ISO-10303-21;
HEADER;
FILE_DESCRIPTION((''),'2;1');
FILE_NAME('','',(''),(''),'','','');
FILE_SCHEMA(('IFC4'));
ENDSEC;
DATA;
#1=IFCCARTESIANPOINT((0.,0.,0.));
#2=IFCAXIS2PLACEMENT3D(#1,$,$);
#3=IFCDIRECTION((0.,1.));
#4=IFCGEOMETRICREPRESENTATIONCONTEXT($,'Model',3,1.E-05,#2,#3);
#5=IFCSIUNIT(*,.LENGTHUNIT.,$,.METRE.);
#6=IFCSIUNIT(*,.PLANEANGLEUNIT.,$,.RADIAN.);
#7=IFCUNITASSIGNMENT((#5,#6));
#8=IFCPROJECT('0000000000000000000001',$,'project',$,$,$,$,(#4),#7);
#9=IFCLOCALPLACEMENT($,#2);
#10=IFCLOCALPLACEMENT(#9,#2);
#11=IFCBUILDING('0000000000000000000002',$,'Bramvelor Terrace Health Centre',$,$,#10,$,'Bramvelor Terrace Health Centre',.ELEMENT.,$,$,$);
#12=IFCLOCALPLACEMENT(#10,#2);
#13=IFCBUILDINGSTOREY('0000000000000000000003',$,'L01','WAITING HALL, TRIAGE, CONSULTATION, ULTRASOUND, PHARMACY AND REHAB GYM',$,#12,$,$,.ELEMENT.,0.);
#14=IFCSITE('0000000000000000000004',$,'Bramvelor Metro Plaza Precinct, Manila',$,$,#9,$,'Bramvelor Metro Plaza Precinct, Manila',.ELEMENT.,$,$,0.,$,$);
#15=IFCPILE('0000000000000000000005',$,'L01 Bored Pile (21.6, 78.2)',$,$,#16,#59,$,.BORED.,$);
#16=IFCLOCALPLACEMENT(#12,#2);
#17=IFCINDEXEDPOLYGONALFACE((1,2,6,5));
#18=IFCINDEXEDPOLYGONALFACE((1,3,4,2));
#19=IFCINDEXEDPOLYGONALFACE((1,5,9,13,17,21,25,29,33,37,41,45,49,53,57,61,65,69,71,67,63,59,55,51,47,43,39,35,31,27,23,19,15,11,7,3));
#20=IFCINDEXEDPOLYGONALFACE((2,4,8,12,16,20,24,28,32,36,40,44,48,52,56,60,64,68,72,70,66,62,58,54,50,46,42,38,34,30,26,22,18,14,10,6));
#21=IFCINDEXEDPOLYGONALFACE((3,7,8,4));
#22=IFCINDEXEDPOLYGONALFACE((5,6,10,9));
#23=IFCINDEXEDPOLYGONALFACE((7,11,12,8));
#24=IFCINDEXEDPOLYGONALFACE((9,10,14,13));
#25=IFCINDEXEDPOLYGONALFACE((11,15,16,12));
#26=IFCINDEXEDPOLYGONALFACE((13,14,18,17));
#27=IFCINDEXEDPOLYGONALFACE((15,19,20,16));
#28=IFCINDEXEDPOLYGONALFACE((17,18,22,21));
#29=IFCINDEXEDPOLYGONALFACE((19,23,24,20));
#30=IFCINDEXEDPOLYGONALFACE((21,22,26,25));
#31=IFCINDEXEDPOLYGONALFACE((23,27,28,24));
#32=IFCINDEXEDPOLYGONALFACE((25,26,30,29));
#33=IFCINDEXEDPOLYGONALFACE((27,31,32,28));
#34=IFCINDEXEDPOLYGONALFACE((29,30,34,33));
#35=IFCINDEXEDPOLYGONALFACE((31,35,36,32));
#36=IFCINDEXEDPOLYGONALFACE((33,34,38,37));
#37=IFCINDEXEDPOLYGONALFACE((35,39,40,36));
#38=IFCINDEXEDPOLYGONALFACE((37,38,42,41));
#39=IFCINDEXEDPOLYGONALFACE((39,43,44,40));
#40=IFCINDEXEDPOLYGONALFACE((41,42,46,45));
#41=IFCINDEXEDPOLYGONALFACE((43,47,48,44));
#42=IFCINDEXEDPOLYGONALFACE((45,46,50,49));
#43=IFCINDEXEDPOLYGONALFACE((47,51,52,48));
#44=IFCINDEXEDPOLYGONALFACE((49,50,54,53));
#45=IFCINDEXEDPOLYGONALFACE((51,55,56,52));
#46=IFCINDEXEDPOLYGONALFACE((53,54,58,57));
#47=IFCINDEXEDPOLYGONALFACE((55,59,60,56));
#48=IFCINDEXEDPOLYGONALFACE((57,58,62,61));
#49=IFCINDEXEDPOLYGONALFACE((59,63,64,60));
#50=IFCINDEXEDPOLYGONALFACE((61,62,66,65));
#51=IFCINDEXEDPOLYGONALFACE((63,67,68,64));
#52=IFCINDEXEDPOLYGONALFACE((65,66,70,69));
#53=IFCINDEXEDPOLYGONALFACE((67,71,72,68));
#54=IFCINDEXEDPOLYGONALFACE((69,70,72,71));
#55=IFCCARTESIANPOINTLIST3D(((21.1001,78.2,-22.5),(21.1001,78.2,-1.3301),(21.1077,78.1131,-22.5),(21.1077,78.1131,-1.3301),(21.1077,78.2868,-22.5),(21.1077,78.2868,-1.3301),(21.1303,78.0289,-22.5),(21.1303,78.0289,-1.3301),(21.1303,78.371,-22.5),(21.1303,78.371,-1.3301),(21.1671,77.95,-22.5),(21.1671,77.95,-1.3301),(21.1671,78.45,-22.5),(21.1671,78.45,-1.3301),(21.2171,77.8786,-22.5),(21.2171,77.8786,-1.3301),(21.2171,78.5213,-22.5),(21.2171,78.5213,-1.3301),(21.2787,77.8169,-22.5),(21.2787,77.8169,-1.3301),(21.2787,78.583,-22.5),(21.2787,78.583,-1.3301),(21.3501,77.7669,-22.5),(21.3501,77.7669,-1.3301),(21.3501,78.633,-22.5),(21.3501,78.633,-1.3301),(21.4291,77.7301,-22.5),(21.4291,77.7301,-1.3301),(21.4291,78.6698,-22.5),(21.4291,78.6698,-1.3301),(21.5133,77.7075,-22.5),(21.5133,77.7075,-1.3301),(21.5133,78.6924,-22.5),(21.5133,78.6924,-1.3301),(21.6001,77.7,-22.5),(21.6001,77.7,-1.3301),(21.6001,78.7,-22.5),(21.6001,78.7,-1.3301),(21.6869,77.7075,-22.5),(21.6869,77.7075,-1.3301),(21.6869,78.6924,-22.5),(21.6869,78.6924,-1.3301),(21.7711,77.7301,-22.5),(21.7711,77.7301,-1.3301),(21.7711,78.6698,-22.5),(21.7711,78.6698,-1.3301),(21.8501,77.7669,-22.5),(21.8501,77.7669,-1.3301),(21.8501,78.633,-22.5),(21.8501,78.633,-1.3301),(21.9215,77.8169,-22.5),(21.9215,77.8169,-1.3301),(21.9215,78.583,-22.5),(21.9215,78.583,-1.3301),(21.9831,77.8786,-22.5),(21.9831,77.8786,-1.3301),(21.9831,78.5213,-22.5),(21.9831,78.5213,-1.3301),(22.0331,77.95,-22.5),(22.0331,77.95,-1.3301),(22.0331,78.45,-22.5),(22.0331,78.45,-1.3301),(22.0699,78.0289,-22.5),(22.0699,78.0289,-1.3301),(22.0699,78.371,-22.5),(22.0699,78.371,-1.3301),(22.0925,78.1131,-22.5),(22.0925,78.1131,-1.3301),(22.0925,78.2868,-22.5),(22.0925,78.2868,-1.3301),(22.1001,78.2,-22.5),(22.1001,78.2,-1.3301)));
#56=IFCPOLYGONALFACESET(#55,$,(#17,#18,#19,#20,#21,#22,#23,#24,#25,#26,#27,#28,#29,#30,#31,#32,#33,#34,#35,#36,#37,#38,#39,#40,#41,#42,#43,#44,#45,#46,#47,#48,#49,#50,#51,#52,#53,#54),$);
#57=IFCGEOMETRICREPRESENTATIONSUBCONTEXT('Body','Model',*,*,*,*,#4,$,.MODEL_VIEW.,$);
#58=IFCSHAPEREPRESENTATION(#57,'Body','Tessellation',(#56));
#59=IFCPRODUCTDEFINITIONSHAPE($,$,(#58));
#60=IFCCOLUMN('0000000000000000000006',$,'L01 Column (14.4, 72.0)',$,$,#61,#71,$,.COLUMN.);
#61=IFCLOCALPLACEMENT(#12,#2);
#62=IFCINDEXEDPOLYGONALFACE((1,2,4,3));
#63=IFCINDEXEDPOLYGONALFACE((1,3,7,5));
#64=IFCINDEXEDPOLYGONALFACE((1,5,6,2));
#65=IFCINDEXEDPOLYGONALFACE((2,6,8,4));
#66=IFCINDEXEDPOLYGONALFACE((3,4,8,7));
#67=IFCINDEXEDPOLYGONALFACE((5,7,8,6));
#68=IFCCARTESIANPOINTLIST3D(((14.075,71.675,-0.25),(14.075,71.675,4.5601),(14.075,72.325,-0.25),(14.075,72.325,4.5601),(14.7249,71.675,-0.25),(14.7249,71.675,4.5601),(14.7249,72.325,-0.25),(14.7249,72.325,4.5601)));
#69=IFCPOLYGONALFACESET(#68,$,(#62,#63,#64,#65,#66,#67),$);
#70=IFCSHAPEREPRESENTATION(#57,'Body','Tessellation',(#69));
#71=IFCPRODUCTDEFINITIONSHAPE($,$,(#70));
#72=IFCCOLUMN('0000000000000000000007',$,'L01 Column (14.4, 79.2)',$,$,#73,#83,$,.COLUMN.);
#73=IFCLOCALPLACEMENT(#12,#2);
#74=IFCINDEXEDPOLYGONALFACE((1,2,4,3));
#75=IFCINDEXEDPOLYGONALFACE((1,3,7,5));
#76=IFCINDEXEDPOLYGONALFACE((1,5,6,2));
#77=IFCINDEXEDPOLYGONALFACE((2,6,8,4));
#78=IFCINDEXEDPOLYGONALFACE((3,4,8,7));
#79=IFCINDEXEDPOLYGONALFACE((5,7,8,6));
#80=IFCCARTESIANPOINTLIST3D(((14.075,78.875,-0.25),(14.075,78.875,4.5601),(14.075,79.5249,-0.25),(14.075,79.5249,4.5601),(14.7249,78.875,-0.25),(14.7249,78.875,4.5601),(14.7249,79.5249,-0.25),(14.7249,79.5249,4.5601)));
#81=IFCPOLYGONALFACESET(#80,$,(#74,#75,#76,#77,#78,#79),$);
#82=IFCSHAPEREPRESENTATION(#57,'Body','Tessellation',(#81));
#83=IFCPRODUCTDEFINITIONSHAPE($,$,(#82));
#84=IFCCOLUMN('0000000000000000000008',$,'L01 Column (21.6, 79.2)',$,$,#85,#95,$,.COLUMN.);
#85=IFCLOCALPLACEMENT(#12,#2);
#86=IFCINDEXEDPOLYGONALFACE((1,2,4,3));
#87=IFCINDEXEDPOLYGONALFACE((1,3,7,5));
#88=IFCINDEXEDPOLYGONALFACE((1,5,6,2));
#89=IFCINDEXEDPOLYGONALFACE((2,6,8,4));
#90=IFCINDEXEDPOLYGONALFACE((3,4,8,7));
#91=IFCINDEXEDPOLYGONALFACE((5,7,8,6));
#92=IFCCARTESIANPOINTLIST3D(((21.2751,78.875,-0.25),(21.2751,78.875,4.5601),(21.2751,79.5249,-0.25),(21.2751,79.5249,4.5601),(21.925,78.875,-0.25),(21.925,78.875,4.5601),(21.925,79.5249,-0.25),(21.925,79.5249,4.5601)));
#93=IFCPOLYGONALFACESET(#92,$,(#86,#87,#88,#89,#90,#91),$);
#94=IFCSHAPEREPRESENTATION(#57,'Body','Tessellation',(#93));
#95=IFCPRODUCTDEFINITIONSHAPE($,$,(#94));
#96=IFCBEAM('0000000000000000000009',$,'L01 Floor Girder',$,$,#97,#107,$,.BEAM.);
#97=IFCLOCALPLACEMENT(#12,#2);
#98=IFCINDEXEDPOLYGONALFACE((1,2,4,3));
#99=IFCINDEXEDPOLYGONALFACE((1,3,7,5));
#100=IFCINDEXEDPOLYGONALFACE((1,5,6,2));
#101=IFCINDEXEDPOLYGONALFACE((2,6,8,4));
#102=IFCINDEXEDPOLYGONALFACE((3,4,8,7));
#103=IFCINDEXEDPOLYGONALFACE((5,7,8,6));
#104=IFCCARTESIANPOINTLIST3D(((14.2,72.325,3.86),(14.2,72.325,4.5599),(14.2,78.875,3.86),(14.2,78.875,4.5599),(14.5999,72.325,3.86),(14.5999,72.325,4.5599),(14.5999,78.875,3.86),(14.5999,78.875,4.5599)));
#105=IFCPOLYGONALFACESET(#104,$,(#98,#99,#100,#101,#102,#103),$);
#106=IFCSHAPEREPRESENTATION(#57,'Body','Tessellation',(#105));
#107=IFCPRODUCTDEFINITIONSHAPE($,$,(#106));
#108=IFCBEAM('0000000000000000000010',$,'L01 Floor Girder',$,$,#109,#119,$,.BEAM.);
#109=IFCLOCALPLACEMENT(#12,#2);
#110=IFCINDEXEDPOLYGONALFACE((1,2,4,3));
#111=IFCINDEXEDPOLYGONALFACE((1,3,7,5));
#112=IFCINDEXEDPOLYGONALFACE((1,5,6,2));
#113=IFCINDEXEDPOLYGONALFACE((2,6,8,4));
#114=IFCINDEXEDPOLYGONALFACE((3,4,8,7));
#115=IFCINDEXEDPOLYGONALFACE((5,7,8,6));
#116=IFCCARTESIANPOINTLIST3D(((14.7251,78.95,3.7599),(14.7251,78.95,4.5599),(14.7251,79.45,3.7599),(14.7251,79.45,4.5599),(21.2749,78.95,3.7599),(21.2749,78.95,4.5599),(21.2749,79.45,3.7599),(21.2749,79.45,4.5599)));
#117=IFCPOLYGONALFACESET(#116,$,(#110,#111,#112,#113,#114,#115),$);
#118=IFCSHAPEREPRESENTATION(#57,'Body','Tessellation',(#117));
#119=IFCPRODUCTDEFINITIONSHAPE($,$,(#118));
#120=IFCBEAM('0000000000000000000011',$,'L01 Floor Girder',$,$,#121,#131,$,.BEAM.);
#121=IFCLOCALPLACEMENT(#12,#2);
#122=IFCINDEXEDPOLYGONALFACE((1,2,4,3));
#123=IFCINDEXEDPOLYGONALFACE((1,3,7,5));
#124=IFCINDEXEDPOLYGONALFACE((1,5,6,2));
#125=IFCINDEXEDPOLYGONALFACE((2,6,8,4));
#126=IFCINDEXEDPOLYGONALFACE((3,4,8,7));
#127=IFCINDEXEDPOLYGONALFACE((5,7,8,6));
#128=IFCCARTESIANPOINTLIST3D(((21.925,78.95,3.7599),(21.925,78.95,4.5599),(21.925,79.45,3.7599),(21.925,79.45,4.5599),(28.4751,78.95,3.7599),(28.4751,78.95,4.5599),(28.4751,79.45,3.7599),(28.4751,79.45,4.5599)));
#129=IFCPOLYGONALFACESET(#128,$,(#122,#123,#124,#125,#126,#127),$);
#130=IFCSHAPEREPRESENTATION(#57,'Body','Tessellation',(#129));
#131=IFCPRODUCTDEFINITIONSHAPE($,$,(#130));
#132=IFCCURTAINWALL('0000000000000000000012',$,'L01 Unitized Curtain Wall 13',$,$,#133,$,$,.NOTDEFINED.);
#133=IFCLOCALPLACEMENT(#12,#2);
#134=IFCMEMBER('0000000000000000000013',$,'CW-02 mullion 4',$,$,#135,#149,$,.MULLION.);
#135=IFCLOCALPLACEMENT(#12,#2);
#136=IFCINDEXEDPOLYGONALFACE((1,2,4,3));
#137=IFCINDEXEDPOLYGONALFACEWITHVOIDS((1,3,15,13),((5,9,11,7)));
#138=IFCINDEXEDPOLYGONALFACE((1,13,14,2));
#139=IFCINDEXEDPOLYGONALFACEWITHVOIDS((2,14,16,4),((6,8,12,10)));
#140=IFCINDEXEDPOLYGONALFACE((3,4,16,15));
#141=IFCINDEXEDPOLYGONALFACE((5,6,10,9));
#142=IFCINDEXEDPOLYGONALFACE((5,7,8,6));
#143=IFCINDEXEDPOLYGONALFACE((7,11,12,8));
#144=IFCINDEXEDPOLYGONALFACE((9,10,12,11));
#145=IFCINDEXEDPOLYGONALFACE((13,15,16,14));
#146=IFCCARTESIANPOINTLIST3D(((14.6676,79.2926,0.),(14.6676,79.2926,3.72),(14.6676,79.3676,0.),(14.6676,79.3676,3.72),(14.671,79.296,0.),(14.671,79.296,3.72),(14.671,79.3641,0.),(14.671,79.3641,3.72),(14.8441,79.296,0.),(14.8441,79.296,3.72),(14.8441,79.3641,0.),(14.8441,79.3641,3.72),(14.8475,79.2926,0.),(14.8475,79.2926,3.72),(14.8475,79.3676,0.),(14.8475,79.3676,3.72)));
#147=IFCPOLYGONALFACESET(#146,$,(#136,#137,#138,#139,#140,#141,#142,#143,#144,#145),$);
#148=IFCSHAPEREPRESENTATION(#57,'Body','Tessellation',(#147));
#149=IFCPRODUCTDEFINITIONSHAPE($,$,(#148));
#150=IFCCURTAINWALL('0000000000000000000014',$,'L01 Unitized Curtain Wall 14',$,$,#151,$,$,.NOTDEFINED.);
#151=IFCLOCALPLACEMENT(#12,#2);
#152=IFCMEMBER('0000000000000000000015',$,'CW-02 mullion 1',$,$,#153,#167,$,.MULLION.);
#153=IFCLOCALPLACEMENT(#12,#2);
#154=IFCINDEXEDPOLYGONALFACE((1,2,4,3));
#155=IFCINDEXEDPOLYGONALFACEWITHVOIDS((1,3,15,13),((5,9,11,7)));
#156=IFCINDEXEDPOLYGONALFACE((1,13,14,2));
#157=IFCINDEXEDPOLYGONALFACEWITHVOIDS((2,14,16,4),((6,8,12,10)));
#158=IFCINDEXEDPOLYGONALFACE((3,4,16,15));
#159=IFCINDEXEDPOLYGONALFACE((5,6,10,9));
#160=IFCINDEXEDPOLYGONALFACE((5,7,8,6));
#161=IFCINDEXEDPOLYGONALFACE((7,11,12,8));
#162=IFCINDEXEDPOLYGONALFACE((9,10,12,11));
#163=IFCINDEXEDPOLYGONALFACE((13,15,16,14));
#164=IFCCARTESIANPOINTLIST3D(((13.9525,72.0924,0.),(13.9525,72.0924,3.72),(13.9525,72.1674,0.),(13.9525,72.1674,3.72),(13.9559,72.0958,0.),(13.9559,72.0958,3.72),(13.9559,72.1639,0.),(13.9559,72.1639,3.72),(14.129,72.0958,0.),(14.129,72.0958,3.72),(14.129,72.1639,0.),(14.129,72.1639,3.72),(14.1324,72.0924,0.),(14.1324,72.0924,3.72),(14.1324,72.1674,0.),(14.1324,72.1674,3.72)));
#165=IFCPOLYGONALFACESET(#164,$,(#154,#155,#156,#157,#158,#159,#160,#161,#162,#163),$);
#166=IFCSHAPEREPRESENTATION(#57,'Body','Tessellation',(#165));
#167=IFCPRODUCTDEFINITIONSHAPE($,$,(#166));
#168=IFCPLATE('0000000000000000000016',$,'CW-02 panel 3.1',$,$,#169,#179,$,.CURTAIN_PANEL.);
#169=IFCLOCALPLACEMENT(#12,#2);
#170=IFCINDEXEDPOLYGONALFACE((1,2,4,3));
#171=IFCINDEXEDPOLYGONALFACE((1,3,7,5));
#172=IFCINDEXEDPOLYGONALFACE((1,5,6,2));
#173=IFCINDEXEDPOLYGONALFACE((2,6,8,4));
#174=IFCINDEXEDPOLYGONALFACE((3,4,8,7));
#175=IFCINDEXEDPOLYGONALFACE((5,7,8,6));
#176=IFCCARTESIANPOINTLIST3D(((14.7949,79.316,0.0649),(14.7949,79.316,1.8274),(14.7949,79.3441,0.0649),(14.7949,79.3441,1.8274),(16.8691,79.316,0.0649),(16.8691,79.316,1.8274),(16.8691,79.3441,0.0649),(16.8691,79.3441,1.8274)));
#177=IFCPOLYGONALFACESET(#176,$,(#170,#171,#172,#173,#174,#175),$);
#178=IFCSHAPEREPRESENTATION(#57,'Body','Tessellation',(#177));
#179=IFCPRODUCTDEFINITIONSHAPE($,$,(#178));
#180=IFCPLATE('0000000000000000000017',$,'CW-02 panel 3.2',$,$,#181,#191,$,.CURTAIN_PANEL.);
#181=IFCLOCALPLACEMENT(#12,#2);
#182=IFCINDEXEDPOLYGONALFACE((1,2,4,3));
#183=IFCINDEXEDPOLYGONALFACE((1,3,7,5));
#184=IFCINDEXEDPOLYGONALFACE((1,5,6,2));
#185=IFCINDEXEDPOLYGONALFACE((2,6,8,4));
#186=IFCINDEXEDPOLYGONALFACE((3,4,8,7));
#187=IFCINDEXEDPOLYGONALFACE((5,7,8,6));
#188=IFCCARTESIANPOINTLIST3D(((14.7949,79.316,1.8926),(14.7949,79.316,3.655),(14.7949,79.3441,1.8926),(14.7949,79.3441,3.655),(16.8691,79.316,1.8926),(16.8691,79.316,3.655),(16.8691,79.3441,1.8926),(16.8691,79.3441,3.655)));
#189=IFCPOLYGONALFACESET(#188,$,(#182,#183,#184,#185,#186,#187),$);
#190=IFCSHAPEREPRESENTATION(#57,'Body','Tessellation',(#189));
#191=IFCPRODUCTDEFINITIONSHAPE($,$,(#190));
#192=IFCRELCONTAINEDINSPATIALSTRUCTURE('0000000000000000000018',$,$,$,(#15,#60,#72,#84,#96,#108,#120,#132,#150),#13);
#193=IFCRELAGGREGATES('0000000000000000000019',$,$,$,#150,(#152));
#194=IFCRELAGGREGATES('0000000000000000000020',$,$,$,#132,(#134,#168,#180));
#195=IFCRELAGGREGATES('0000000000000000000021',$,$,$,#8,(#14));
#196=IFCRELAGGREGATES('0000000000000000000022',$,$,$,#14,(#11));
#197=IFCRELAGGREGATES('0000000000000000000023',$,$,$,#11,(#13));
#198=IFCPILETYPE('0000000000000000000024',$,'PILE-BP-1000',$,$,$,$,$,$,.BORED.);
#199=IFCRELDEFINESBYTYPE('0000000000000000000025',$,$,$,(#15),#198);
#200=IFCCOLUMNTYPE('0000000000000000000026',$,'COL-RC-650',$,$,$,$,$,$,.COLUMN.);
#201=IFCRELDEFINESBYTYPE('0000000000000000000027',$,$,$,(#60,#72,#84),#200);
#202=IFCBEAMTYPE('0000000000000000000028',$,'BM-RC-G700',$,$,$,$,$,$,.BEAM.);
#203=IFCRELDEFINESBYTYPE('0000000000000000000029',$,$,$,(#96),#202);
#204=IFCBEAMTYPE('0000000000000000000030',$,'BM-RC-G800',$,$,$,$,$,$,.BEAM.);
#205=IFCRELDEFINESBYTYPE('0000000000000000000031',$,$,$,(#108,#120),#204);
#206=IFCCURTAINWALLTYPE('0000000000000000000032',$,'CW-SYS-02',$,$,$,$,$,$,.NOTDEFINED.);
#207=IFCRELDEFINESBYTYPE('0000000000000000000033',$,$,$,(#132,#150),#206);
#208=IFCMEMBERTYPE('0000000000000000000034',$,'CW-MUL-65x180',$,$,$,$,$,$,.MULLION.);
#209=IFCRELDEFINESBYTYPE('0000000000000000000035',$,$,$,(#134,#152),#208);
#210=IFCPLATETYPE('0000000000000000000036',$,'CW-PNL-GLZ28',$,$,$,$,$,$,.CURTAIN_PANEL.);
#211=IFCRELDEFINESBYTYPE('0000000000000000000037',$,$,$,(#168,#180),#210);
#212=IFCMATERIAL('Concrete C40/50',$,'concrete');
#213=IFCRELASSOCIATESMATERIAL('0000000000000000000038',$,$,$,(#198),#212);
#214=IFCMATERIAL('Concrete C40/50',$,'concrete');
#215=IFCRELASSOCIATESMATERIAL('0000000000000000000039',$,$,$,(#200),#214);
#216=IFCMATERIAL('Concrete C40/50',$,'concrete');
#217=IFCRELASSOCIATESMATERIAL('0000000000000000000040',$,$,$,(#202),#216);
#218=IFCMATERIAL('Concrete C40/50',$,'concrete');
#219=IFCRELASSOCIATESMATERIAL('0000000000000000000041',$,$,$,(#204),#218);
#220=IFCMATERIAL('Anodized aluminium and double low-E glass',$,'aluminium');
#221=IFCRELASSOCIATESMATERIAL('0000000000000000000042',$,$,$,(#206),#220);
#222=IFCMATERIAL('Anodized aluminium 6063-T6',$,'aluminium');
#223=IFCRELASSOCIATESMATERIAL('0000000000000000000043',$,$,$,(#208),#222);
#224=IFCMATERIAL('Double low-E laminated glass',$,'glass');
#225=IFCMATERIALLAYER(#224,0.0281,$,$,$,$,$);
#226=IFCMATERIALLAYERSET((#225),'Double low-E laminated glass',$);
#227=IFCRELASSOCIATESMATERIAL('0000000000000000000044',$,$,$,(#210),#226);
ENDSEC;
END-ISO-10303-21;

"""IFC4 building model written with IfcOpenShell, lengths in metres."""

from ifc_helpers import new_model, si_unit, direction, frame, origin, origin_2d, place, context, subcontext, project, spatial, rectangle, hollow_rectangle, circle, extrude, material, layer, layer_set, material_profile, profile_set, type_object, element, aggregate, save


model = new_model("IFC4")

# Units and contexts
model_context = context("Model", 3, precision=1e-05, world=origin(), true_north=direction((0.0, 1.0)))
body_context = subcontext(model_context, "Body", "Model", "MODEL_VIEW")
ifc_project = project(units=[si_unit("LENGTHUNIT", "METRE"), si_unit("PLANEANGLEUNIT", "RADIAN")], contexts=[model_context])

# Site, building, storey
site_placement = place(None, origin())
site = spatial("IfcSite", under=ifc_project, at=site_placement, Name="Bramvelor Metro Plaza Precinct, Manila", LongName="Bramvelor Metro Plaza Precinct, Manila", CompositionType="ELEMENT", RefElevation=0.0)
building_placement = place(site_placement, origin())
building = spatial("IfcBuilding", under=site, at=building_placement, Name="Bramvelor Terrace Health Centre", LongName="Bramvelor Terrace Health Centre", CompositionType="ELEMENT")
storey_placement = place(building_placement, origin())
storey = spatial("IfcBuildingStorey", under=building, at=storey_placement, Name="L01", Description="WAITING HALL, TRIAGE, CONSULTATION, ULTRASOUND, PHARMACY AND REHAB GYM", CompositionType="ELEMENT", Elevation=0.0)

# Pile
ifc_material_1 = material(Name="Concrete C40/50", Category="concrete")
ifc_material_profile_1 = material_profile(ifc_material_1, circle(Radius=0.5, at=origin_2d()), Name="BP D1000")
ifc_profile_set_1 = profile_set([ifc_material_profile_1], Name="Concrete C40/50")
pile_type = type_object("IfcPileType", Name="PILE-BP-1000", PredefinedType="BORED", material=ifc_profile_set_1)
for number, where, z_axis, x_axis, name in (
    (1, (21.6001, 78.2, -1.3301), (0.0, 0.0, -1.0), (1.0, 0.0, 0.0), "L01 Bored Pile (21.6, 78.2)"),
):
    element("IfcPile", number, at=place(storey_placement, frame(where, z_axis=z_axis, x_axis=x_axis)), inside=storey, type_object=pile_type, Name=name, PredefinedType="BORED", context=body_context, shape_type="SweptSolid", body=[
        extrude(circle(Radius=0.5, at=origin_2d()), origin(), (0.0, 0.0, 1.0), 21.1699),
    ])

# Columns
ifc_material_2 = material(Name="Concrete C40/50", Category="concrete")
ifc_material_profile_2 = material_profile(ifc_material_2, rectangle(XDim=0.6499, YDim=0.6499, at=origin_2d()), Name="RC 650x650")
ifc_profile_set_2 = profile_set([ifc_material_profile_2], Name="Concrete C40/50")
column_type = type_object("IfcColumnType", Name="COL-RC-650", PredefinedType="COLUMN", material=ifc_profile_set_2)
for number, where, z_axis, x_axis, name in (
    (2, (14.3999, 72.0, -0.25), (0.0, 0.0, 1.0), (1.0, 0.0, 0.0), "L01 Column (14.4, 72.0)"),
    (3, (14.3999, 79.2, -0.25), (0.0, 0.0, 1.0), (1.0, 0.0, 0.0), "L01 Column (14.4, 79.2)"),
    (4, (21.6001, 79.2, -0.25), (0.0, 0.0, 1.0), (1.0, 0.0, 0.0), "L01 Column (21.6, 79.2)"),
):
    element("IfcColumn", number, at=place(storey_placement, frame(where, z_axis=z_axis, x_axis=x_axis)), inside=storey, type_object=column_type, Name=name, PredefinedType="COLUMN", context=body_context, shape_type="SweptSolid", body=[
        extrude(rectangle(XDim=0.6499, YDim=0.6499, at=origin_2d()), origin(), (0.0, 0.0, 1.0), 4.8101),
    ])

# Beams
ifc_material_3 = material(Name="Concrete C40/50", Category="concrete")
ifc_material_profile_3 = material_profile(ifc_material_3, rectangle(XDim=0.3999, YDim=0.7, at=origin_2d()), Name="RC 400x700")
ifc_profile_set_3 = profile_set([ifc_material_profile_3], Name="Concrete C40/50")
beam_type_1 = type_object("IfcBeamType", Name="BM-RC-G700", PredefinedType="BEAM", material=ifc_profile_set_3)
beam_1_placement = place(storey_placement, frame((14.3999, 72.325, 4.21), z_axis=(0.0, 1.0, 0.0), x_axis=(-1.0, 0.0, 0.0)))
element("IfcBeam", 5, at=beam_1_placement, inside=storey, type_object=beam_type_1, Name="L01 Floor Girder", PredefinedType="BEAM", context=body_context, shape_type="SweptSolid", body=[
    extrude(rectangle(XDim=0.3999, YDim=0.7, at=origin_2d()), origin(), (0.0, 0.0, 1.0), 6.55),
])
ifc_material_4 = material(Name="Concrete C40/50", Category="concrete")
ifc_material_profile_4 = material_profile(ifc_material_4, rectangle(XDim=0.5, YDim=0.8, at=origin_2d()), Name="RC 500x800")
ifc_profile_set_4 = profile_set([ifc_material_profile_4], Name="Concrete C40/50")
beam_type_2 = type_object("IfcBeamType", Name="BM-RC-G800", PredefinedType="BEAM", material=ifc_profile_set_4)
beam_2_placement = place(storey_placement, frame((14.7251, 79.2, 4.1599), z_axis=(1.0, 0.0, 0.0), x_axis=(0.0, 1.0, 0.0)))
element("IfcBeam", 6, at=beam_2_placement, inside=storey, type_object=beam_type_2, Name="L01 Floor Girder", PredefinedType="BEAM", context=body_context, shape_type="SweptSolid", body=[
    extrude(rectangle(XDim=0.5, YDim=0.8, at=origin_2d()), origin(), (0.0, 0.0, 1.0), 6.5498),
])
beam_3_placement = place(storey_placement, frame((21.925, 79.2, 4.1599), z_axis=(1.0, 0.0, 0.0), x_axis=(0.0, 1.0, 0.0)))
element("IfcBeam", 7, at=beam_3_placement, inside=storey, type_object=beam_type_2, Name="L01 Floor Girder", PredefinedType="BEAM", context=body_context, shape_type="SweptSolid", body=[
    extrude(rectangle(XDim=0.5, YDim=0.8, at=origin_2d()), origin(), (0.0, 0.0, 1.0), 6.55),
])

# Curtain walls, members
ifc_material_5 = material(Name="Anodized aluminium and double low-E glass", Category="aluminium")
curtain_wall_type = type_object("IfcCurtainWallType", Name="CW-SYS-02", PredefinedType="NOTDEFINED", material=ifc_material_5)
curtain_wall_1_placement = place(storey_placement, origin())
curtain_wall_1 = element("IfcCurtainWall", 8, at=curtain_wall_1_placement, inside=storey, type_object=curtain_wall_type, Name="L01 Unitized Curtain Wall 13", PredefinedType="NOTDEFINED")
ifc_material_6 = material(Name="Anodized aluminium 6063-T6", Category="aluminium")
ifc_material_profile_5 = material_profile(ifc_material_6, hollow_rectangle(XDim=0.075, YDim=0.1799, WallThickness=0.0034, at=origin_2d()), Name="ALU-MUL 75x180x3.5")
ifc_profile_set_5 = profile_set([ifc_material_profile_5], Name="Anodized aluminium 6063-T6")
member_type = type_object("IfcMemberType", Name="CW-MUL-65x180", PredefinedType="MULLION", material=ifc_profile_set_5)
member_1_placement = place(storey_placement, frame((14.7576, 79.3301, 0.0), z_axis=(0.0, 0.0, 1.0), x_axis=(0.0, -1.0, 0.0)))
member_1 = element("IfcMember", 9, at=member_1_placement, type_object=member_type, Name="CW-02 mullion 4", PredefinedType="MULLION", context=body_context, shape_type="SweptSolid", body=[
    extrude(hollow_rectangle(XDim=0.075, YDim=0.1799, WallThickness=0.0034, at=origin_2d()), origin(), (0.0, 0.0, 1.0), 3.72),
])
curtain_wall_2_placement = place(storey_placement, origin())
curtain_wall_2 = element("IfcCurtainWall", 10, at=curtain_wall_2_placement, inside=storey, type_object=curtain_wall_type, Name="L01 Unitized Curtain Wall 14", PredefinedType="NOTDEFINED")
member_2_placement = place(storey_placement, frame((14.0425, 72.1299, 0.0), z_axis=(0.0, 0.0, 1.0), x_axis=(0.0, -1.0, 0.0)))
member_2 = element("IfcMember", 11, at=member_2_placement, type_object=member_type, Name="CW-02 mullion 1", PredefinedType="MULLION", context=body_context, shape_type="SweptSolid", body=[
    extrude(hollow_rectangle(XDim=0.075, YDim=0.1799, WallThickness=0.0034, at=origin_2d()), origin(), (0.0, 0.0, 1.0), 3.72),
])
aggregate(curtain_wall_2, [member_2])

# Plates
ifc_material_7 = material(Name="Double low-E laminated glass", Category="glass")
ifc_layer_1 = layer(ifc_material_7, 0.0281)
ifc_layer_set_1 = layer_set([ifc_layer_1], Name="Double low-E laminated glass")
plate_type = type_object("IfcPlateType", Name="CW-PNL-GLZ28", PredefinedType="CURTAIN_PANEL", material=ifc_layer_set_1)
plate_1_placement = place(storey_placement, frame((15.832, 79.3301, 0.0649), z_axis=(0.0, 0.0, 1.0), x_axis=(-1.0, 0.0, 0.0)))
plate_1 = element("IfcPlate", 12, at=plate_1_placement, type_object=plate_type, Name="CW-02 panel 3.1", PredefinedType="CURTAIN_PANEL", context=body_context, shape_type="SweptSolid", body=[
    extrude(rectangle(XDim=2.0742, YDim=0.0281, at=origin_2d()), origin(), (0.0, 0.0, 1.0), 1.7625),
])
plate_2_placement = place(storey_placement, frame((15.832, 79.3301, 1.8926), z_axis=(0.0, 0.0, 1.0), x_axis=(-1.0, 0.0, 0.0)))
plate_2 = element("IfcPlate", 13, at=plate_2_placement, type_object=plate_type, Name="CW-02 panel 3.2", PredefinedType="CURTAIN_PANEL", context=body_context, shape_type="SweptSolid", body=[
    extrude(rectangle(XDim=2.0742, YDim=0.0281, at=origin_2d()), origin(), (0.0, 0.0, 1.0), 1.7625),
])
aggregate(curtain_wall_1, [member_1, plate_1, plate_2])

save(model, "model.ifc")
